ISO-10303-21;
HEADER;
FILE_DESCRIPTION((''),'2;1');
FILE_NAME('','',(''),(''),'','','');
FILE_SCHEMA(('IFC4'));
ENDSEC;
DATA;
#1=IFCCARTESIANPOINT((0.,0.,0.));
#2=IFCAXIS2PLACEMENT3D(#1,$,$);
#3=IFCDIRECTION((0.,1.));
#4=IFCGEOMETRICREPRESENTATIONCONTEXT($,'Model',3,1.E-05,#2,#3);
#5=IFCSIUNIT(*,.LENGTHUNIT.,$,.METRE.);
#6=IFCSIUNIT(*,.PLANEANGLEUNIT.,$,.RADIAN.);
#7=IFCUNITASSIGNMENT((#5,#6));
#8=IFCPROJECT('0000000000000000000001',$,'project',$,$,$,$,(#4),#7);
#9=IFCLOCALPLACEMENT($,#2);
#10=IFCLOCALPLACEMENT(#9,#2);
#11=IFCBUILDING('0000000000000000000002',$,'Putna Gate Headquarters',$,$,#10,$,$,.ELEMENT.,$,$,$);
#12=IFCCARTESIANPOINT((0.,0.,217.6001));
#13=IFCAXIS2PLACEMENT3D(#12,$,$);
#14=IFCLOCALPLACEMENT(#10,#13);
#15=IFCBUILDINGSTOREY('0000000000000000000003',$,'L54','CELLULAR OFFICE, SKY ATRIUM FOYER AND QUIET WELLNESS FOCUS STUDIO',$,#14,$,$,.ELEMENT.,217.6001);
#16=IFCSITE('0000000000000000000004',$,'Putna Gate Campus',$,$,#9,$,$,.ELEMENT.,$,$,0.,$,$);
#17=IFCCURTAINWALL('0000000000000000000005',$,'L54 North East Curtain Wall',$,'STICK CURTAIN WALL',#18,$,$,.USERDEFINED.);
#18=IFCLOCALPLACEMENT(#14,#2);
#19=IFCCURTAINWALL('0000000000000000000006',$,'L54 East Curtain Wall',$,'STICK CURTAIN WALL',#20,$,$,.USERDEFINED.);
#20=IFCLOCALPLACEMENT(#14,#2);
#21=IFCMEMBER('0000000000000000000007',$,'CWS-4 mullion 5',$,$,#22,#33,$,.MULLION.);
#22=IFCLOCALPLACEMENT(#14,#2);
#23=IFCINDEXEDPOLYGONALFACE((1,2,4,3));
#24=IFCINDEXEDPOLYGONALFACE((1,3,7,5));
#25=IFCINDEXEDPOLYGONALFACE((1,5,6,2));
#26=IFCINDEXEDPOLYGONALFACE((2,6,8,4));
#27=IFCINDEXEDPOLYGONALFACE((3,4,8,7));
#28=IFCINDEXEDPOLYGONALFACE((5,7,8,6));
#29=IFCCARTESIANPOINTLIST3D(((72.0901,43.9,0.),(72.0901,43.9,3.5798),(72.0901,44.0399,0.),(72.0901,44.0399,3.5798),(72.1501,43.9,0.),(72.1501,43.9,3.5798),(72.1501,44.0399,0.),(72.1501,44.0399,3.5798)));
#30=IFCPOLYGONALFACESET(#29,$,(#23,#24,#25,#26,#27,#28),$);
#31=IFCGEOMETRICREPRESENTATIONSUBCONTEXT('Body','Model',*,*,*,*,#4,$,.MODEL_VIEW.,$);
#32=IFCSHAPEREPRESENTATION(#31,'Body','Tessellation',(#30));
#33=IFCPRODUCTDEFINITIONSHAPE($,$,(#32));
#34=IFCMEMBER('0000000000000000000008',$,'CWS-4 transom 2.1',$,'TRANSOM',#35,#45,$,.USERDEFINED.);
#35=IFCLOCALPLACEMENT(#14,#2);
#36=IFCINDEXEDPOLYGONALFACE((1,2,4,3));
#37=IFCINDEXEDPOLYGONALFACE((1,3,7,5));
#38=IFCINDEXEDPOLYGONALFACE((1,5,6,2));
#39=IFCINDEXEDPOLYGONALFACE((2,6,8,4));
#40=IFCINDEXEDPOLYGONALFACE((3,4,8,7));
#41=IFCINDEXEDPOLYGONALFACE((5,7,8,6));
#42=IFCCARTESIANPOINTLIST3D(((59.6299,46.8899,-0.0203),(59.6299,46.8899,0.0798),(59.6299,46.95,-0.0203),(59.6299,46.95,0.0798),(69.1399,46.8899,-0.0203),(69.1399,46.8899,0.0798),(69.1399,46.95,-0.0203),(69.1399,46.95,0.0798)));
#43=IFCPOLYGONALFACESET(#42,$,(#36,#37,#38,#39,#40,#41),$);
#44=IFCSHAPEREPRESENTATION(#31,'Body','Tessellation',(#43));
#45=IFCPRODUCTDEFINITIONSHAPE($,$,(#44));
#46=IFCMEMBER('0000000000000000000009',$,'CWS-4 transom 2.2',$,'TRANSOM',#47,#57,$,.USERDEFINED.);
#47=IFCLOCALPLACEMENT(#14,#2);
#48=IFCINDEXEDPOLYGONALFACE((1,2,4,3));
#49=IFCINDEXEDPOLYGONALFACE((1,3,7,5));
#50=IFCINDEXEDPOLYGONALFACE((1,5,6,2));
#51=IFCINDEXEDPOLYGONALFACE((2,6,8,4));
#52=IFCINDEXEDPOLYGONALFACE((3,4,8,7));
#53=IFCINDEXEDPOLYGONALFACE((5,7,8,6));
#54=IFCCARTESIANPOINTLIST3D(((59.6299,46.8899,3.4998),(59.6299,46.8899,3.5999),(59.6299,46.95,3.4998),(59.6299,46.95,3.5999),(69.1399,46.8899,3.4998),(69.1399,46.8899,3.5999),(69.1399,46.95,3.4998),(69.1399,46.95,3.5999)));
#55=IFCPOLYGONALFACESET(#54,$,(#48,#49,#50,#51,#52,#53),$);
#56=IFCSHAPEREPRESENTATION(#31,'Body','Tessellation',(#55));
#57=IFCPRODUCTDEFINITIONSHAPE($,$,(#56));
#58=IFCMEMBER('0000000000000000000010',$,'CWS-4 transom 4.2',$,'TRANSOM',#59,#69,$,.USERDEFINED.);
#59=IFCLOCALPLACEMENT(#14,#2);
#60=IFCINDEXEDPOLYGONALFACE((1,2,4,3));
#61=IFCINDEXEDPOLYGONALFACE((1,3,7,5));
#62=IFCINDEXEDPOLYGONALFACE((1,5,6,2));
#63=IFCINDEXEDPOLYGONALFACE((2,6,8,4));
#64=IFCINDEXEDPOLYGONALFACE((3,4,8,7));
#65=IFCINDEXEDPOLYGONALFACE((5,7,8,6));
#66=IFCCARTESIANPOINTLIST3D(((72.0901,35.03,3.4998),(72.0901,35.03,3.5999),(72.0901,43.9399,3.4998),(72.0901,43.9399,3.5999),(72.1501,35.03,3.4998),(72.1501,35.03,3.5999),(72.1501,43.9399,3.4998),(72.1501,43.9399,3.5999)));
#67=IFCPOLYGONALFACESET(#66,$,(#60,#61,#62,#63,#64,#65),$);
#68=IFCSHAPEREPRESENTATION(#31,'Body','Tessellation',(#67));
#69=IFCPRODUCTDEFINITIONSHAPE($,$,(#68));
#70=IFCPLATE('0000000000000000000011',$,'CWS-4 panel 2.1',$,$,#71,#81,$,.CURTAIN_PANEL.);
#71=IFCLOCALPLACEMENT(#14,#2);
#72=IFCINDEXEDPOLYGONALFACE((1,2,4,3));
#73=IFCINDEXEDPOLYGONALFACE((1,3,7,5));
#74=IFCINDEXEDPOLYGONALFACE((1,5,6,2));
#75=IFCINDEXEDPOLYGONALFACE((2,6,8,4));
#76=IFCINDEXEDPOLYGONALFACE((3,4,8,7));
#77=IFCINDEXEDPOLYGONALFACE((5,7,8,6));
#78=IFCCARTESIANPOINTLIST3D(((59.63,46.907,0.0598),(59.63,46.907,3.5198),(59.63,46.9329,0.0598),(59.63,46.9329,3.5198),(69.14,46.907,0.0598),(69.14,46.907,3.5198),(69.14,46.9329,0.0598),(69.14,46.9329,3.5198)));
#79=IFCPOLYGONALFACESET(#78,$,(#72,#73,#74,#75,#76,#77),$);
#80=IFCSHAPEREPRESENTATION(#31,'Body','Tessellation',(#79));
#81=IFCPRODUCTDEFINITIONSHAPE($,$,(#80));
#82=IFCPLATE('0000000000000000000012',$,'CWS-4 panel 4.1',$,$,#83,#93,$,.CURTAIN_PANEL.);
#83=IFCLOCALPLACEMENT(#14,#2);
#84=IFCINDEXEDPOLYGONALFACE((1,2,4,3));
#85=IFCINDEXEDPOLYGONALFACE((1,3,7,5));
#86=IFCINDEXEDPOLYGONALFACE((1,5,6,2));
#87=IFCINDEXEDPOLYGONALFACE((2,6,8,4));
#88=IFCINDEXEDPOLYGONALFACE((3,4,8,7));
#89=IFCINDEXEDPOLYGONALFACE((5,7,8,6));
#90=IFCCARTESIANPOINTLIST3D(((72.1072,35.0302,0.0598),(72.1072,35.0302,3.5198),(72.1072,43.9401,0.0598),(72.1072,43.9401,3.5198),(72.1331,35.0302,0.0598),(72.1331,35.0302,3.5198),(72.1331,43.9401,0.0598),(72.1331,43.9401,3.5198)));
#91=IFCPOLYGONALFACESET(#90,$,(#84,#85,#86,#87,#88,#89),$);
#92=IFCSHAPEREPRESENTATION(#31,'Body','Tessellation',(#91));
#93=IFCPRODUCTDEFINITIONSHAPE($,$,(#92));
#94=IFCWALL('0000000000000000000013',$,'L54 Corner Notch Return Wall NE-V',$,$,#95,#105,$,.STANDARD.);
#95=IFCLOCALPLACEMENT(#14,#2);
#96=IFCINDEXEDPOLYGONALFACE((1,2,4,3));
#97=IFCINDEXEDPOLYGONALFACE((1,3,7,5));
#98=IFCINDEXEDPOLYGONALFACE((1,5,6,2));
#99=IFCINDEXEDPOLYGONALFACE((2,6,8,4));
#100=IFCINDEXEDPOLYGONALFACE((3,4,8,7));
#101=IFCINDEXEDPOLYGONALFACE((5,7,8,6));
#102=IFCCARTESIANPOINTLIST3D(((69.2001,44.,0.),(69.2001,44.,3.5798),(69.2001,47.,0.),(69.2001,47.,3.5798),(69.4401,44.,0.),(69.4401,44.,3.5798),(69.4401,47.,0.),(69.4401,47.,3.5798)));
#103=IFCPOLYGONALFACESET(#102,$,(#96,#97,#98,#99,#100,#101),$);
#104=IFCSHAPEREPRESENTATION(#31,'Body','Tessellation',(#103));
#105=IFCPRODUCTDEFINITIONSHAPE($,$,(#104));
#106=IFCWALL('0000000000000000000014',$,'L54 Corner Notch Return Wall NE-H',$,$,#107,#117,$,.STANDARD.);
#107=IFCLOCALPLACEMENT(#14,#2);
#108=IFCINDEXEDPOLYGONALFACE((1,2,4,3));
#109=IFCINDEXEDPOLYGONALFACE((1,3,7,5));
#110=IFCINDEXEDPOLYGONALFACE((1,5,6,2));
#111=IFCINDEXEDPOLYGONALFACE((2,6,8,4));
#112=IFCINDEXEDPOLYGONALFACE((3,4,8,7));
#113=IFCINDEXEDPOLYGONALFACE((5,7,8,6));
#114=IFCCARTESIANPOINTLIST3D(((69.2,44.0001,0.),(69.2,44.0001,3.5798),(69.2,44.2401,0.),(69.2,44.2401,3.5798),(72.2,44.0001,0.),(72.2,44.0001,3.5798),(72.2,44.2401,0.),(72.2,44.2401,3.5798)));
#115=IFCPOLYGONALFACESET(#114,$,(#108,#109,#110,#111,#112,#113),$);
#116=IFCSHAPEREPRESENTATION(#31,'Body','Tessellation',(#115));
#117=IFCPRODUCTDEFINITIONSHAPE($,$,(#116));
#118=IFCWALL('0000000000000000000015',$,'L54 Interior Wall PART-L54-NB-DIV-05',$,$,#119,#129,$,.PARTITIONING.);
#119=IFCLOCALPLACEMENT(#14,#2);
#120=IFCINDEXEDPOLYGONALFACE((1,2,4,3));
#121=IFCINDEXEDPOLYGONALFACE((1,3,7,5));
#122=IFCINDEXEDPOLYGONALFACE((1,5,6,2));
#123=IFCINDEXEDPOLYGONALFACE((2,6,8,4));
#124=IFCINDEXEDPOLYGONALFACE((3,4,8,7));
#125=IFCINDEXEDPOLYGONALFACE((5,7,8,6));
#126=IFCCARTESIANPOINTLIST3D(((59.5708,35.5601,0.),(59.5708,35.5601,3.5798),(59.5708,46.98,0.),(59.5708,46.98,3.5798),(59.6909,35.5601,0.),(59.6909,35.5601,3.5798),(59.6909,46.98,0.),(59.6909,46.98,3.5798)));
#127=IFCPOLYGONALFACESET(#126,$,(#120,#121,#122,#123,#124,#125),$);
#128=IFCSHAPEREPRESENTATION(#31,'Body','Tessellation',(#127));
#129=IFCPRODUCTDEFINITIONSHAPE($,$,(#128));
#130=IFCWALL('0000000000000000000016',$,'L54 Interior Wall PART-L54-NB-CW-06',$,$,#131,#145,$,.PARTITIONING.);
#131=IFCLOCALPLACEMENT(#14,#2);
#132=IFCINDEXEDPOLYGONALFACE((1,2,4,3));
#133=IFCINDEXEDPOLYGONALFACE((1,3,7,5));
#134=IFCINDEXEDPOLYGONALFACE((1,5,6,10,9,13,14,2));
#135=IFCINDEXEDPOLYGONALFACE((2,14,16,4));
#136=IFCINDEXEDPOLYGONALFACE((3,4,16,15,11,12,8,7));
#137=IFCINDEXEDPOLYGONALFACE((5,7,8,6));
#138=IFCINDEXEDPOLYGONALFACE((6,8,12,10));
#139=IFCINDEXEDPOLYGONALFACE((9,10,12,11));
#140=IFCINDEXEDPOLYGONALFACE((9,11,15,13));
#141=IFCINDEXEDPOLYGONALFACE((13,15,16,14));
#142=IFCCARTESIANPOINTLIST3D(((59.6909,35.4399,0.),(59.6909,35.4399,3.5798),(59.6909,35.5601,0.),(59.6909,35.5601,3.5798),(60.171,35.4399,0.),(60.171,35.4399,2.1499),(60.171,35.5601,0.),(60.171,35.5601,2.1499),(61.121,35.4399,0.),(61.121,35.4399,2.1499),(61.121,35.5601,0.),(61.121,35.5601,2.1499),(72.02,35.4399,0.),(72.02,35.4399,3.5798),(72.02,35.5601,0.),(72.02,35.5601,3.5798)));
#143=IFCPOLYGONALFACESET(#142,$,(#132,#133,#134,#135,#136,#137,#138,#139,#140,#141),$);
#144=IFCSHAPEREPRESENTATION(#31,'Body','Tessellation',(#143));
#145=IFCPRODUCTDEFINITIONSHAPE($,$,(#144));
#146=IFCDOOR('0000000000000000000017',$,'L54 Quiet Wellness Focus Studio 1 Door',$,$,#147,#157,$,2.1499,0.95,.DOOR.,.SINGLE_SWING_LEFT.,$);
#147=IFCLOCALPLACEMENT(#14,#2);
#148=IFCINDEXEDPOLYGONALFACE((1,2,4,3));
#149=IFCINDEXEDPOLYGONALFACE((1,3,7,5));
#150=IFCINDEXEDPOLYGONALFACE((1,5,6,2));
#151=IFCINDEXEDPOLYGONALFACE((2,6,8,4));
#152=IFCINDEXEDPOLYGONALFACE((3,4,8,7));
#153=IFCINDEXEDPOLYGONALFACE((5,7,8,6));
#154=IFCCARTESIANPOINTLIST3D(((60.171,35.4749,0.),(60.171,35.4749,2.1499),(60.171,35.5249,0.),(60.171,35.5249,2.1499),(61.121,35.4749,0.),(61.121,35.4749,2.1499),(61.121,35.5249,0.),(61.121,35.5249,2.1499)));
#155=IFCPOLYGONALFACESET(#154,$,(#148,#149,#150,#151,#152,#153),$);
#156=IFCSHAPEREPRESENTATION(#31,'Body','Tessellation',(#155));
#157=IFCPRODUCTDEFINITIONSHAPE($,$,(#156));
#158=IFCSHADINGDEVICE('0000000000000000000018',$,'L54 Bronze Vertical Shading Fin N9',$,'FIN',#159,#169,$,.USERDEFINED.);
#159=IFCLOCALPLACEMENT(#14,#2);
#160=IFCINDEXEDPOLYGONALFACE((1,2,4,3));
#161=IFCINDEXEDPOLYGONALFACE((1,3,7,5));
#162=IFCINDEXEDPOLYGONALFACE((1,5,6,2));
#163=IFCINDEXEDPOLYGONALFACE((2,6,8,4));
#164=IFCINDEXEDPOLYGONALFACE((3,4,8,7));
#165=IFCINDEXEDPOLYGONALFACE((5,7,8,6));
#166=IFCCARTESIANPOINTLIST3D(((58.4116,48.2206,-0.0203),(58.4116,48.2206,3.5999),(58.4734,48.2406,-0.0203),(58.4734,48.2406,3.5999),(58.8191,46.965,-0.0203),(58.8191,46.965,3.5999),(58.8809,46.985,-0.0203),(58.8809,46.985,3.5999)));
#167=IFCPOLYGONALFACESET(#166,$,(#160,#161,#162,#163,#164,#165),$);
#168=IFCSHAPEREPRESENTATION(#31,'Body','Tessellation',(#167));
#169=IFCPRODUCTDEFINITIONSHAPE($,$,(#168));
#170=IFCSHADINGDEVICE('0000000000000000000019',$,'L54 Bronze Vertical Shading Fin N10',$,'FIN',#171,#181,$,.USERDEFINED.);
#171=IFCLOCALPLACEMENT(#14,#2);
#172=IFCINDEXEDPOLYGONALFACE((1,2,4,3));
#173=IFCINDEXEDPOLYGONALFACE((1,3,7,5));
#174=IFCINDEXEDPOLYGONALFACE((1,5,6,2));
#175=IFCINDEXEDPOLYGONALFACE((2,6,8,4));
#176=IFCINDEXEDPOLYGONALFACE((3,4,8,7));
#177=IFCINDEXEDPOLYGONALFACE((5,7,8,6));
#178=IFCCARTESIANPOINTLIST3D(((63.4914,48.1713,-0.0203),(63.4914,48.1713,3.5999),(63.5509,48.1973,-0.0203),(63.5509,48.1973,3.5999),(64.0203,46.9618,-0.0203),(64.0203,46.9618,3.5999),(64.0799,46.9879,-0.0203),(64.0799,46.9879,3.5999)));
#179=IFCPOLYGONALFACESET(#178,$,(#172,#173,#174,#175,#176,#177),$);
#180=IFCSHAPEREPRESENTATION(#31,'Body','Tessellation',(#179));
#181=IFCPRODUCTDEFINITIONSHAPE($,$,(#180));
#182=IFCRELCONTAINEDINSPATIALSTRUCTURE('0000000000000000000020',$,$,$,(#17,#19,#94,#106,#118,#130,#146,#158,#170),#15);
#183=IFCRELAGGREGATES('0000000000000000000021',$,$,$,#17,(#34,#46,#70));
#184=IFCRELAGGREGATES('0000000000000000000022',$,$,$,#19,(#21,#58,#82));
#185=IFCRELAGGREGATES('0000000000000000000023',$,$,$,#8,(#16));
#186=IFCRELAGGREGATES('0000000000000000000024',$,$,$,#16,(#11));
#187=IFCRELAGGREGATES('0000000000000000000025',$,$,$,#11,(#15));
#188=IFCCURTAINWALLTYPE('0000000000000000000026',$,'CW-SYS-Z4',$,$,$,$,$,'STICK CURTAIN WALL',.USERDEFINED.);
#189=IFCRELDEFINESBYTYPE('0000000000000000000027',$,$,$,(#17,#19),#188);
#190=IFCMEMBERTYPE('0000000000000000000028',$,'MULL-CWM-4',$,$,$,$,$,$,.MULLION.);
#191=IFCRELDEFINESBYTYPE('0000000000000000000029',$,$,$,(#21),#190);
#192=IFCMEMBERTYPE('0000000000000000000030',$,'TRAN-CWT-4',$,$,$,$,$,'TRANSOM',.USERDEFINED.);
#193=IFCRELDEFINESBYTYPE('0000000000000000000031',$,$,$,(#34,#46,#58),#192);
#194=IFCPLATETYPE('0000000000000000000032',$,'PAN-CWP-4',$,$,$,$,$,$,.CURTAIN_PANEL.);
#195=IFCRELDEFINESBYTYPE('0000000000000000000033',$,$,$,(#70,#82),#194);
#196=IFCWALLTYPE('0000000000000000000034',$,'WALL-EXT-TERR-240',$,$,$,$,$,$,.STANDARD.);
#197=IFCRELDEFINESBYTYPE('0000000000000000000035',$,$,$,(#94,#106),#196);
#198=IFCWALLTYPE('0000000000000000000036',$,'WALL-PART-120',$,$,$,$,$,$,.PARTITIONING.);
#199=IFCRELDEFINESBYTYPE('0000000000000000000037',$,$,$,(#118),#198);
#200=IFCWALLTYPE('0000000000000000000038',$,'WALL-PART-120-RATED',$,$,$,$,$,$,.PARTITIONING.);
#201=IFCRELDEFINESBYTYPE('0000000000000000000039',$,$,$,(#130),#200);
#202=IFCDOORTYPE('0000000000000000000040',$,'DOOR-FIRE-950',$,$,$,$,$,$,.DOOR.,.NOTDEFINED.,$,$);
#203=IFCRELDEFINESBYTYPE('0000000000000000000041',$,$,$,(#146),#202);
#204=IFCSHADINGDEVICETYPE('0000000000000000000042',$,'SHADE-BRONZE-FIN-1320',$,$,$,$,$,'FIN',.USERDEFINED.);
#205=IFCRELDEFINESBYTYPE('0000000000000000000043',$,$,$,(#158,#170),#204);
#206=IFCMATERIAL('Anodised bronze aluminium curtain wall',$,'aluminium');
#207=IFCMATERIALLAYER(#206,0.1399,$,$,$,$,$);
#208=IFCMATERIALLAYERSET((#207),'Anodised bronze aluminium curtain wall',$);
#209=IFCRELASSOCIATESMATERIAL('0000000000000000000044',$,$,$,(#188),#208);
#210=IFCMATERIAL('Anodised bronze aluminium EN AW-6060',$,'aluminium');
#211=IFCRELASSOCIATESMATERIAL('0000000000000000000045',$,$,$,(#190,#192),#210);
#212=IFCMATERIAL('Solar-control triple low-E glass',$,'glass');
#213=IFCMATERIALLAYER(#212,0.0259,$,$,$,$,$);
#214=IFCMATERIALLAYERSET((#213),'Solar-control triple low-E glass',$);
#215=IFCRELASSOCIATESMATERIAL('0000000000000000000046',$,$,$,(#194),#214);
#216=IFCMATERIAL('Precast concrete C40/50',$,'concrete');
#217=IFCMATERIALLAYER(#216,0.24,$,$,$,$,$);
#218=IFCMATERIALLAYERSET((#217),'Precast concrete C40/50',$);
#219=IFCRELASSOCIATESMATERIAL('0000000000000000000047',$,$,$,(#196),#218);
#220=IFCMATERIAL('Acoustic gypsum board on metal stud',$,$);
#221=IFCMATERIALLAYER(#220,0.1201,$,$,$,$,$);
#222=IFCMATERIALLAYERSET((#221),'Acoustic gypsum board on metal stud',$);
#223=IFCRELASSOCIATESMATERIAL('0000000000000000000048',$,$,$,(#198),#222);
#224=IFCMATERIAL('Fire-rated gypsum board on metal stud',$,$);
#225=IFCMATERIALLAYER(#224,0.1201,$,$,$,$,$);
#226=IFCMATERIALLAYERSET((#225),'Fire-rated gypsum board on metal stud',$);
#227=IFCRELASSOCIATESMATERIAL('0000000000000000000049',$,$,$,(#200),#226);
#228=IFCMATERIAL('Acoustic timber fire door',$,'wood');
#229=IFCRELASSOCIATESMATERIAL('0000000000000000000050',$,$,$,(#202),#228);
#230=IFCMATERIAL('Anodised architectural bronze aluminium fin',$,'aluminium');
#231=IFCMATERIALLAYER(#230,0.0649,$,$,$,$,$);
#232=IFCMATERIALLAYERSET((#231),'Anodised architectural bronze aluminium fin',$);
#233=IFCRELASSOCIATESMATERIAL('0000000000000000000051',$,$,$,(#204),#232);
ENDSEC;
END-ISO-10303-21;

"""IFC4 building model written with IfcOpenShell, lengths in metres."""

from ifc_helpers import new_model, si_unit, direction, frame, frame_2d, origin, origin_2d, place, context, subcontext, project, spatial, rectangle, extrude, material, layer, layer_set, material_profile, profile_set, type_object, element, fill, aggregate, save


model = new_model("IFC4")

# Units and contexts
model_context = context("Model", 3, precision=1e-05, world=origin(), true_north=direction((0.0, 1.0)))
body_context = subcontext(model_context, "Body", "Model", "MODEL_VIEW")
ifc_project = project(units=[si_unit("LENGTHUNIT", "METRE"), si_unit("PLANEANGLEUNIT", "RADIAN")], contexts=[model_context])

# Site, building, storey
site_placement = place(None, origin())
site = spatial("IfcSite", under=ifc_project, at=site_placement, Name="Putna Gate Campus", CompositionType="ELEMENT", RefElevation=0.0)
building_placement = place(site_placement, origin())
building = spatial("IfcBuilding", under=site, at=building_placement, Name="Putna Gate Headquarters", CompositionType="ELEMENT")
storey_placement = place(building_placement, frame((0.0, 0.0, 217.6001)))
storey = spatial("IfcBuildingStorey", under=building, at=storey_placement, Name="L54", Description="CELLULAR OFFICE, SKY ATRIUM FOYER AND QUIET WELLNESS FOCUS STUDIO", CompositionType="ELEMENT", Elevation=217.6001)

# Curtain wall
ifc_material_1 = material(Name="Anodised bronze aluminium curtain wall", Category="aluminium")
ifc_layer_1 = layer(ifc_material_1, 0.1399)
ifc_layer_set_1 = layer_set([ifc_layer_1], Name="Anodised bronze aluminium curtain wall")
curtain_wall_type = type_object("IfcCurtainWallType", Name="CW-SYS-Z4", ElementType="STICK CURTAIN WALL", PredefinedType="USERDEFINED", material=ifc_layer_set_1)
curtain_wall_1_placement = place(storey_placement, origin())
curtain_wall_1 = element("IfcCurtainWall", 1, at=curtain_wall_1_placement, inside=storey, type_object=curtain_wall_type, Name="L54 North East Curtain Wall", ObjectType="STICK CURTAIN WALL", PredefinedType="USERDEFINED")
ifc_material_2 = material(Name="Anodised bronze aluminium EN AW-6060", Category="aluminium")
ifc_material_profile_1 = material_profile(ifc_material_2, rectangle(XDim=0.0601, YDim=0.1399, at=origin_2d()), Name="Anodised bronze aluminium EN AW-6060")
ifc_profile_set_1 = profile_set([ifc_material_profile_1], Name="Anodised bronze aluminium EN AW-6060")
member_type_1 = type_object("IfcMemberType", Name="MULL-CWM-4", PredefinedType="MULLION", material=ifc_profile_set_1)

# Curtain wall, member
curtain_wall_2_placement = place(storey_placement, origin())
curtain_wall_2 = element("IfcCurtainWall", 2, at=curtain_wall_2_placement, inside=storey, type_object=curtain_wall_type, Name="L54 East Curtain Wall", ObjectType="STICK CURTAIN WALL", PredefinedType="USERDEFINED")
member_1_placement = place(storey_placement, frame((72.1201, 43.97, 0.0), z_axis=(0.0, 0.0, 1.0), x_axis=(-1.0, 0.0, 0.0)))
member_1 = element("IfcMember", 3, at=member_1_placement, type_object=member_type_1, Name="CWS-4 mullion 5", PredefinedType="MULLION", context=body_context, shape_type="SweptSolid", body=[
    extrude(rectangle(XDim=0.0601, YDim=0.1399, at=origin_2d()), origin(), (0.0, 0.0, 1.0), 3.5798),
])

# Members
ifc_material_profile_2 = material_profile(ifc_material_2, rectangle(XDim=0.0601, YDim=0.1001, at=origin_2d()), Name="Anodised bronze aluminium EN AW-6060")
ifc_profile_set_2 = profile_set([ifc_material_profile_2], Name="Anodised bronze aluminium EN AW-6060")
member_type_2 = type_object("IfcMemberType", Name="TRAN-CWT-4", ElementType="TRANSOM", PredefinedType="USERDEFINED", material=ifc_profile_set_2)
member_2_placement = place(storey_placement, frame((59.6299, 46.9199, 0.0298), z_axis=(1.0, 0.0, 0.0), x_axis=(0.0, 1.0, 0.0)))
member_2 = element("IfcMember", 4, at=member_2_placement, type_object=member_type_2, Name="CWS-4 transom 2.1", ObjectType="TRANSOM", PredefinedType="USERDEFINED", context=body_context, shape_type="SweptSolid", body=[
    extrude(rectangle(XDim=0.0601, YDim=0.1001, at=origin_2d()), origin(), (0.0, 0.0, 1.0), 9.51),
])
member_3_placement = place(storey_placement, frame((59.6299, 46.9199, 3.5498), z_axis=(1.0, 0.0, 0.0), x_axis=(0.0, 1.0, 0.0)))
member_3 = element("IfcMember", 5, at=member_3_placement, type_object=member_type_2, Name="CWS-4 transom 2.2", ObjectType="TRANSOM", PredefinedType="USERDEFINED", context=body_context, shape_type="SweptSolid", body=[
    extrude(rectangle(XDim=0.0601, YDim=0.1001, at=origin_2d()), origin(), (0.0, 0.0, 1.0), 9.51),
])
member_4_placement = place(storey_placement, frame((72.1201, 35.03, 3.5498), z_axis=(0.0, 1.0, 0.0), x_axis=(-1.0, 0.0, 0.0)))
member_4 = element("IfcMember", 6, at=member_4_placement, type_object=member_type_2, Name="CWS-4 transom 4.2", ObjectType="TRANSOM", PredefinedType="USERDEFINED", context=body_context, shape_type="SweptSolid", body=[
    extrude(rectangle(XDim=0.0601, YDim=0.1001, at=origin_2d()), origin(), (0.0, 0.0, 1.0), 8.9099),
])

# Plates
ifc_material_3 = material(Name="Solar-control triple low-E glass", Category="glass")
ifc_layer_2 = layer(ifc_material_3, 0.0259)
ifc_layer_set_2 = layer_set([ifc_layer_2], Name="Solar-control triple low-E glass")
plate_type = type_object("IfcPlateType", Name="PAN-CWP-4", PredefinedType="CURTAIN_PANEL", material=ifc_layer_set_2)
plate_1_placement = place(storey_placement, frame((64.385, 46.9199, 0.0598), z_axis=(0.0, 0.0, 1.0), x_axis=(1.0, 0.0, 0.0)))
plate_1 = element("IfcPlate", 7, at=plate_1_placement, type_object=plate_type, Name="CWS-4 panel 2.1", PredefinedType="CURTAIN_PANEL", context=body_context, shape_type="SweptSolid", body=[
    extrude(rectangle(XDim=9.51, YDim=0.0259, at=origin_2d()), origin(), (0.0, 0.0, 1.0), 3.46),
])
aggregate(curtain_wall_1, [member_2, member_3, plate_1])
plate_2_placement = place(storey_placement, frame((72.1201, 39.4851, 0.0598), z_axis=(0.0, 0.0, 1.0), x_axis=(0.0, 1.0, 0.0)))
plate_2 = element("IfcPlate", 8, at=plate_2_placement, type_object=plate_type, Name="CWS-4 panel 4.1", PredefinedType="CURTAIN_PANEL", context=body_context, shape_type="SweptSolid", body=[
    extrude(rectangle(XDim=8.9099, YDim=0.0259, at=origin_2d()), origin(), (0.0, 0.0, 1.0), 3.46),
])
aggregate(curtain_wall_2, [member_1, member_4, plate_2])

# Walls
ifc_material_4 = material(Name="Precast concrete C40/50", Category="concrete")
ifc_layer_3 = layer(ifc_material_4, 0.24)
ifc_layer_set_3 = layer_set([ifc_layer_3], Name="Precast concrete C40/50")
wall_type_1 = type_object("IfcWallType", Name="WALL-EXT-TERR-240", PredefinedType="STANDARD", material=ifc_layer_set_3)
for number, where, z_axis, x_axis, name in (
    (9, (69.3201, 47.0, 0.0), (0.0, 0.0, 1.0), (0.0, -1.0, 0.0), "L54 Corner Notch Return Wall NE-V"),
    (10, (69.2, 44.1201, 0.0), (0.0, 0.0, 1.0), (1.0, 0.0, 0.0), "L54 Corner Notch Return Wall NE-H"),
):
    element("IfcWall", number, at=place(storey_placement, frame(where, z_axis=z_axis, x_axis=x_axis)), inside=storey, type_object=wall_type_1, Name=name, PredefinedType="STANDARD", context=body_context, shape_type="SweptSolid", body=[
        extrude(rectangle(XDim=3.0, YDim=0.24, at=frame_2d((1.5, 0.0))), origin(), (0.0, 0.0, 1.0), 3.5798),
    ])
ifc_material_5 = material(Name="Acoustic gypsum board on metal stud")
ifc_layer_4 = layer(ifc_material_5, 0.1201)
ifc_layer_set_4 = layer_set([ifc_layer_4], Name="Acoustic gypsum board on metal stud")
wall_type_2 = type_object("IfcWallType", Name="WALL-PART-120", PredefinedType="PARTITIONING", material=ifc_layer_set_4)
wall_1_placement = place(storey_placement, frame((59.6309, 35.5601, 0.0), z_axis=(0.0, 0.0, 1.0), x_axis=(0.0, 1.0, 0.0)))
element("IfcWall", 11, at=wall_1_placement, inside=storey, type_object=wall_type_2, Name="L54 Interior Wall PART-L54-NB-DIV-05", PredefinedType="PARTITIONING", context=body_context, shape_type="SweptSolid", body=[
    extrude(rectangle(XDim=11.4199, YDim=0.1201, at=frame_2d((5.71, 0.0))), origin(), (0.0, 0.0, 1.0), 3.5798),
])

# Wall, opening, door
ifc_material_6 = material(Name="Fire-rated gypsum board on metal stud")
ifc_layer_5 = layer(ifc_material_6, 0.1201)
ifc_layer_set_5 = layer_set([ifc_layer_5], Name="Fire-rated gypsum board on metal stud")
wall_type_3 = type_object("IfcWallType", Name="WALL-PART-120-RATED", PredefinedType="PARTITIONING", material=ifc_layer_set_5)
wall_2_placement = place(storey_placement, frame((59.6909, 35.5, 0.0), z_axis=(0.0, 0.0, 1.0), x_axis=(1.0, 0.0, 0.0)))
wall_2 = element("IfcWall", 12, at=wall_2_placement, inside=storey, type_object=wall_type_3, Name="L54 Interior Wall PART-L54-NB-CW-06", PredefinedType="PARTITIONING", context=body_context, shape_type="SweptSolid", body=[
    extrude(rectangle(XDim=12.3291, YDim=0.1201, at=frame_2d((6.1646, 0.0))), origin(), (0.0, 0.0, 1.0), 3.5798),
])
opening_placement = place(wall_2_placement, frame((0.48, 0.0, 0.0)))
opening = element("IfcOpeningElement", 13, at=opening_placement, cuts=wall_2, PredefinedType="OPENING", context=body_context, shape_type="SweptSolid", body=[
    extrude(rectangle(XDim=0.95, YDim=2.1499, at=frame_2d((0.4751, 1.075))), frame((0.0, 0.0701, 0.0), z_axis=(0.0, -1.0, 0.0), x_axis=(1.0, 0.0, 0.0)), (0.0, 0.0, 1.0), 0.1401),
])
ifc_material_7 = material(Name="Acoustic timber fire door", Category="wood")
door_type = type_object("IfcDoorType", Name="DOOR-FIRE-950", OperationType="NOTDEFINED", PredefinedType="DOOR", material=ifc_material_7)
door_placement = place(opening_placement, origin())
door = element("IfcDoor", 14, at=door_placement, inside=storey, type_object=door_type, Name="L54 Quiet Wellness Focus Studio 1 Door", OperationType="SINGLE_SWING_LEFT", OverallHeight=2.1499, OverallWidth=0.95, PredefinedType="DOOR", context=body_context, shape_type="SweptSolid", body=[
    extrude(rectangle(XDim=0.95, YDim=2.1499, at=frame_2d((0.4751, 1.075))), frame((0.0, 0.0249, 0.0), z_axis=(0.0, -1.0, 0.0), x_axis=(1.0, 0.0, 0.0)), (0.0, 0.0, 1.0), 0.05),
])
fill(opening, door)

# Shading devices
ifc_material_8 = material(Name="Anodised architectural bronze aluminium fin", Category="aluminium")
ifc_layer_6 = layer(ifc_material_8, 0.0649)
ifc_layer_set_6 = layer_set([ifc_layer_6], Name="Anodised architectural bronze aluminium fin")
shading_device_type = type_object("IfcShadingDeviceType", Name="SHADE-BRONZE-FIN-1320", ElementType="FIN", PredefinedType="USERDEFINED", material=ifc_layer_set_6)
for number, where, z_axis, x_axis, name in (
    (15, (58.6462, 47.6028, -0.0203), (0.0, 0.0, 1.0), (-0.308685, 0.951164, 0.0), "L54 Bronze Vertical Shading Fin N9"),
    (16, (63.7856, 47.5796, -0.0203), (0.0, 0.0, 1.0), (-0.400669, 0.916223, 0.0), "L54 Bronze Vertical Shading Fin N10"),
):
    element("IfcShadingDevice", number, at=place(storey_placement, frame(where, z_axis=z_axis, x_axis=x_axis)), inside=storey, type_object=shading_device_type, Name=name, ObjectType="FIN", PredefinedType="USERDEFINED", context=body_context, shape_type="SweptSolid", body=[
        extrude(rectangle(XDim=1.3201, YDim=0.0649, at=origin_2d()), origin(), (0.0, 0.0, 1.0), 3.6201),
    ])

save(model, "model.ifc")
